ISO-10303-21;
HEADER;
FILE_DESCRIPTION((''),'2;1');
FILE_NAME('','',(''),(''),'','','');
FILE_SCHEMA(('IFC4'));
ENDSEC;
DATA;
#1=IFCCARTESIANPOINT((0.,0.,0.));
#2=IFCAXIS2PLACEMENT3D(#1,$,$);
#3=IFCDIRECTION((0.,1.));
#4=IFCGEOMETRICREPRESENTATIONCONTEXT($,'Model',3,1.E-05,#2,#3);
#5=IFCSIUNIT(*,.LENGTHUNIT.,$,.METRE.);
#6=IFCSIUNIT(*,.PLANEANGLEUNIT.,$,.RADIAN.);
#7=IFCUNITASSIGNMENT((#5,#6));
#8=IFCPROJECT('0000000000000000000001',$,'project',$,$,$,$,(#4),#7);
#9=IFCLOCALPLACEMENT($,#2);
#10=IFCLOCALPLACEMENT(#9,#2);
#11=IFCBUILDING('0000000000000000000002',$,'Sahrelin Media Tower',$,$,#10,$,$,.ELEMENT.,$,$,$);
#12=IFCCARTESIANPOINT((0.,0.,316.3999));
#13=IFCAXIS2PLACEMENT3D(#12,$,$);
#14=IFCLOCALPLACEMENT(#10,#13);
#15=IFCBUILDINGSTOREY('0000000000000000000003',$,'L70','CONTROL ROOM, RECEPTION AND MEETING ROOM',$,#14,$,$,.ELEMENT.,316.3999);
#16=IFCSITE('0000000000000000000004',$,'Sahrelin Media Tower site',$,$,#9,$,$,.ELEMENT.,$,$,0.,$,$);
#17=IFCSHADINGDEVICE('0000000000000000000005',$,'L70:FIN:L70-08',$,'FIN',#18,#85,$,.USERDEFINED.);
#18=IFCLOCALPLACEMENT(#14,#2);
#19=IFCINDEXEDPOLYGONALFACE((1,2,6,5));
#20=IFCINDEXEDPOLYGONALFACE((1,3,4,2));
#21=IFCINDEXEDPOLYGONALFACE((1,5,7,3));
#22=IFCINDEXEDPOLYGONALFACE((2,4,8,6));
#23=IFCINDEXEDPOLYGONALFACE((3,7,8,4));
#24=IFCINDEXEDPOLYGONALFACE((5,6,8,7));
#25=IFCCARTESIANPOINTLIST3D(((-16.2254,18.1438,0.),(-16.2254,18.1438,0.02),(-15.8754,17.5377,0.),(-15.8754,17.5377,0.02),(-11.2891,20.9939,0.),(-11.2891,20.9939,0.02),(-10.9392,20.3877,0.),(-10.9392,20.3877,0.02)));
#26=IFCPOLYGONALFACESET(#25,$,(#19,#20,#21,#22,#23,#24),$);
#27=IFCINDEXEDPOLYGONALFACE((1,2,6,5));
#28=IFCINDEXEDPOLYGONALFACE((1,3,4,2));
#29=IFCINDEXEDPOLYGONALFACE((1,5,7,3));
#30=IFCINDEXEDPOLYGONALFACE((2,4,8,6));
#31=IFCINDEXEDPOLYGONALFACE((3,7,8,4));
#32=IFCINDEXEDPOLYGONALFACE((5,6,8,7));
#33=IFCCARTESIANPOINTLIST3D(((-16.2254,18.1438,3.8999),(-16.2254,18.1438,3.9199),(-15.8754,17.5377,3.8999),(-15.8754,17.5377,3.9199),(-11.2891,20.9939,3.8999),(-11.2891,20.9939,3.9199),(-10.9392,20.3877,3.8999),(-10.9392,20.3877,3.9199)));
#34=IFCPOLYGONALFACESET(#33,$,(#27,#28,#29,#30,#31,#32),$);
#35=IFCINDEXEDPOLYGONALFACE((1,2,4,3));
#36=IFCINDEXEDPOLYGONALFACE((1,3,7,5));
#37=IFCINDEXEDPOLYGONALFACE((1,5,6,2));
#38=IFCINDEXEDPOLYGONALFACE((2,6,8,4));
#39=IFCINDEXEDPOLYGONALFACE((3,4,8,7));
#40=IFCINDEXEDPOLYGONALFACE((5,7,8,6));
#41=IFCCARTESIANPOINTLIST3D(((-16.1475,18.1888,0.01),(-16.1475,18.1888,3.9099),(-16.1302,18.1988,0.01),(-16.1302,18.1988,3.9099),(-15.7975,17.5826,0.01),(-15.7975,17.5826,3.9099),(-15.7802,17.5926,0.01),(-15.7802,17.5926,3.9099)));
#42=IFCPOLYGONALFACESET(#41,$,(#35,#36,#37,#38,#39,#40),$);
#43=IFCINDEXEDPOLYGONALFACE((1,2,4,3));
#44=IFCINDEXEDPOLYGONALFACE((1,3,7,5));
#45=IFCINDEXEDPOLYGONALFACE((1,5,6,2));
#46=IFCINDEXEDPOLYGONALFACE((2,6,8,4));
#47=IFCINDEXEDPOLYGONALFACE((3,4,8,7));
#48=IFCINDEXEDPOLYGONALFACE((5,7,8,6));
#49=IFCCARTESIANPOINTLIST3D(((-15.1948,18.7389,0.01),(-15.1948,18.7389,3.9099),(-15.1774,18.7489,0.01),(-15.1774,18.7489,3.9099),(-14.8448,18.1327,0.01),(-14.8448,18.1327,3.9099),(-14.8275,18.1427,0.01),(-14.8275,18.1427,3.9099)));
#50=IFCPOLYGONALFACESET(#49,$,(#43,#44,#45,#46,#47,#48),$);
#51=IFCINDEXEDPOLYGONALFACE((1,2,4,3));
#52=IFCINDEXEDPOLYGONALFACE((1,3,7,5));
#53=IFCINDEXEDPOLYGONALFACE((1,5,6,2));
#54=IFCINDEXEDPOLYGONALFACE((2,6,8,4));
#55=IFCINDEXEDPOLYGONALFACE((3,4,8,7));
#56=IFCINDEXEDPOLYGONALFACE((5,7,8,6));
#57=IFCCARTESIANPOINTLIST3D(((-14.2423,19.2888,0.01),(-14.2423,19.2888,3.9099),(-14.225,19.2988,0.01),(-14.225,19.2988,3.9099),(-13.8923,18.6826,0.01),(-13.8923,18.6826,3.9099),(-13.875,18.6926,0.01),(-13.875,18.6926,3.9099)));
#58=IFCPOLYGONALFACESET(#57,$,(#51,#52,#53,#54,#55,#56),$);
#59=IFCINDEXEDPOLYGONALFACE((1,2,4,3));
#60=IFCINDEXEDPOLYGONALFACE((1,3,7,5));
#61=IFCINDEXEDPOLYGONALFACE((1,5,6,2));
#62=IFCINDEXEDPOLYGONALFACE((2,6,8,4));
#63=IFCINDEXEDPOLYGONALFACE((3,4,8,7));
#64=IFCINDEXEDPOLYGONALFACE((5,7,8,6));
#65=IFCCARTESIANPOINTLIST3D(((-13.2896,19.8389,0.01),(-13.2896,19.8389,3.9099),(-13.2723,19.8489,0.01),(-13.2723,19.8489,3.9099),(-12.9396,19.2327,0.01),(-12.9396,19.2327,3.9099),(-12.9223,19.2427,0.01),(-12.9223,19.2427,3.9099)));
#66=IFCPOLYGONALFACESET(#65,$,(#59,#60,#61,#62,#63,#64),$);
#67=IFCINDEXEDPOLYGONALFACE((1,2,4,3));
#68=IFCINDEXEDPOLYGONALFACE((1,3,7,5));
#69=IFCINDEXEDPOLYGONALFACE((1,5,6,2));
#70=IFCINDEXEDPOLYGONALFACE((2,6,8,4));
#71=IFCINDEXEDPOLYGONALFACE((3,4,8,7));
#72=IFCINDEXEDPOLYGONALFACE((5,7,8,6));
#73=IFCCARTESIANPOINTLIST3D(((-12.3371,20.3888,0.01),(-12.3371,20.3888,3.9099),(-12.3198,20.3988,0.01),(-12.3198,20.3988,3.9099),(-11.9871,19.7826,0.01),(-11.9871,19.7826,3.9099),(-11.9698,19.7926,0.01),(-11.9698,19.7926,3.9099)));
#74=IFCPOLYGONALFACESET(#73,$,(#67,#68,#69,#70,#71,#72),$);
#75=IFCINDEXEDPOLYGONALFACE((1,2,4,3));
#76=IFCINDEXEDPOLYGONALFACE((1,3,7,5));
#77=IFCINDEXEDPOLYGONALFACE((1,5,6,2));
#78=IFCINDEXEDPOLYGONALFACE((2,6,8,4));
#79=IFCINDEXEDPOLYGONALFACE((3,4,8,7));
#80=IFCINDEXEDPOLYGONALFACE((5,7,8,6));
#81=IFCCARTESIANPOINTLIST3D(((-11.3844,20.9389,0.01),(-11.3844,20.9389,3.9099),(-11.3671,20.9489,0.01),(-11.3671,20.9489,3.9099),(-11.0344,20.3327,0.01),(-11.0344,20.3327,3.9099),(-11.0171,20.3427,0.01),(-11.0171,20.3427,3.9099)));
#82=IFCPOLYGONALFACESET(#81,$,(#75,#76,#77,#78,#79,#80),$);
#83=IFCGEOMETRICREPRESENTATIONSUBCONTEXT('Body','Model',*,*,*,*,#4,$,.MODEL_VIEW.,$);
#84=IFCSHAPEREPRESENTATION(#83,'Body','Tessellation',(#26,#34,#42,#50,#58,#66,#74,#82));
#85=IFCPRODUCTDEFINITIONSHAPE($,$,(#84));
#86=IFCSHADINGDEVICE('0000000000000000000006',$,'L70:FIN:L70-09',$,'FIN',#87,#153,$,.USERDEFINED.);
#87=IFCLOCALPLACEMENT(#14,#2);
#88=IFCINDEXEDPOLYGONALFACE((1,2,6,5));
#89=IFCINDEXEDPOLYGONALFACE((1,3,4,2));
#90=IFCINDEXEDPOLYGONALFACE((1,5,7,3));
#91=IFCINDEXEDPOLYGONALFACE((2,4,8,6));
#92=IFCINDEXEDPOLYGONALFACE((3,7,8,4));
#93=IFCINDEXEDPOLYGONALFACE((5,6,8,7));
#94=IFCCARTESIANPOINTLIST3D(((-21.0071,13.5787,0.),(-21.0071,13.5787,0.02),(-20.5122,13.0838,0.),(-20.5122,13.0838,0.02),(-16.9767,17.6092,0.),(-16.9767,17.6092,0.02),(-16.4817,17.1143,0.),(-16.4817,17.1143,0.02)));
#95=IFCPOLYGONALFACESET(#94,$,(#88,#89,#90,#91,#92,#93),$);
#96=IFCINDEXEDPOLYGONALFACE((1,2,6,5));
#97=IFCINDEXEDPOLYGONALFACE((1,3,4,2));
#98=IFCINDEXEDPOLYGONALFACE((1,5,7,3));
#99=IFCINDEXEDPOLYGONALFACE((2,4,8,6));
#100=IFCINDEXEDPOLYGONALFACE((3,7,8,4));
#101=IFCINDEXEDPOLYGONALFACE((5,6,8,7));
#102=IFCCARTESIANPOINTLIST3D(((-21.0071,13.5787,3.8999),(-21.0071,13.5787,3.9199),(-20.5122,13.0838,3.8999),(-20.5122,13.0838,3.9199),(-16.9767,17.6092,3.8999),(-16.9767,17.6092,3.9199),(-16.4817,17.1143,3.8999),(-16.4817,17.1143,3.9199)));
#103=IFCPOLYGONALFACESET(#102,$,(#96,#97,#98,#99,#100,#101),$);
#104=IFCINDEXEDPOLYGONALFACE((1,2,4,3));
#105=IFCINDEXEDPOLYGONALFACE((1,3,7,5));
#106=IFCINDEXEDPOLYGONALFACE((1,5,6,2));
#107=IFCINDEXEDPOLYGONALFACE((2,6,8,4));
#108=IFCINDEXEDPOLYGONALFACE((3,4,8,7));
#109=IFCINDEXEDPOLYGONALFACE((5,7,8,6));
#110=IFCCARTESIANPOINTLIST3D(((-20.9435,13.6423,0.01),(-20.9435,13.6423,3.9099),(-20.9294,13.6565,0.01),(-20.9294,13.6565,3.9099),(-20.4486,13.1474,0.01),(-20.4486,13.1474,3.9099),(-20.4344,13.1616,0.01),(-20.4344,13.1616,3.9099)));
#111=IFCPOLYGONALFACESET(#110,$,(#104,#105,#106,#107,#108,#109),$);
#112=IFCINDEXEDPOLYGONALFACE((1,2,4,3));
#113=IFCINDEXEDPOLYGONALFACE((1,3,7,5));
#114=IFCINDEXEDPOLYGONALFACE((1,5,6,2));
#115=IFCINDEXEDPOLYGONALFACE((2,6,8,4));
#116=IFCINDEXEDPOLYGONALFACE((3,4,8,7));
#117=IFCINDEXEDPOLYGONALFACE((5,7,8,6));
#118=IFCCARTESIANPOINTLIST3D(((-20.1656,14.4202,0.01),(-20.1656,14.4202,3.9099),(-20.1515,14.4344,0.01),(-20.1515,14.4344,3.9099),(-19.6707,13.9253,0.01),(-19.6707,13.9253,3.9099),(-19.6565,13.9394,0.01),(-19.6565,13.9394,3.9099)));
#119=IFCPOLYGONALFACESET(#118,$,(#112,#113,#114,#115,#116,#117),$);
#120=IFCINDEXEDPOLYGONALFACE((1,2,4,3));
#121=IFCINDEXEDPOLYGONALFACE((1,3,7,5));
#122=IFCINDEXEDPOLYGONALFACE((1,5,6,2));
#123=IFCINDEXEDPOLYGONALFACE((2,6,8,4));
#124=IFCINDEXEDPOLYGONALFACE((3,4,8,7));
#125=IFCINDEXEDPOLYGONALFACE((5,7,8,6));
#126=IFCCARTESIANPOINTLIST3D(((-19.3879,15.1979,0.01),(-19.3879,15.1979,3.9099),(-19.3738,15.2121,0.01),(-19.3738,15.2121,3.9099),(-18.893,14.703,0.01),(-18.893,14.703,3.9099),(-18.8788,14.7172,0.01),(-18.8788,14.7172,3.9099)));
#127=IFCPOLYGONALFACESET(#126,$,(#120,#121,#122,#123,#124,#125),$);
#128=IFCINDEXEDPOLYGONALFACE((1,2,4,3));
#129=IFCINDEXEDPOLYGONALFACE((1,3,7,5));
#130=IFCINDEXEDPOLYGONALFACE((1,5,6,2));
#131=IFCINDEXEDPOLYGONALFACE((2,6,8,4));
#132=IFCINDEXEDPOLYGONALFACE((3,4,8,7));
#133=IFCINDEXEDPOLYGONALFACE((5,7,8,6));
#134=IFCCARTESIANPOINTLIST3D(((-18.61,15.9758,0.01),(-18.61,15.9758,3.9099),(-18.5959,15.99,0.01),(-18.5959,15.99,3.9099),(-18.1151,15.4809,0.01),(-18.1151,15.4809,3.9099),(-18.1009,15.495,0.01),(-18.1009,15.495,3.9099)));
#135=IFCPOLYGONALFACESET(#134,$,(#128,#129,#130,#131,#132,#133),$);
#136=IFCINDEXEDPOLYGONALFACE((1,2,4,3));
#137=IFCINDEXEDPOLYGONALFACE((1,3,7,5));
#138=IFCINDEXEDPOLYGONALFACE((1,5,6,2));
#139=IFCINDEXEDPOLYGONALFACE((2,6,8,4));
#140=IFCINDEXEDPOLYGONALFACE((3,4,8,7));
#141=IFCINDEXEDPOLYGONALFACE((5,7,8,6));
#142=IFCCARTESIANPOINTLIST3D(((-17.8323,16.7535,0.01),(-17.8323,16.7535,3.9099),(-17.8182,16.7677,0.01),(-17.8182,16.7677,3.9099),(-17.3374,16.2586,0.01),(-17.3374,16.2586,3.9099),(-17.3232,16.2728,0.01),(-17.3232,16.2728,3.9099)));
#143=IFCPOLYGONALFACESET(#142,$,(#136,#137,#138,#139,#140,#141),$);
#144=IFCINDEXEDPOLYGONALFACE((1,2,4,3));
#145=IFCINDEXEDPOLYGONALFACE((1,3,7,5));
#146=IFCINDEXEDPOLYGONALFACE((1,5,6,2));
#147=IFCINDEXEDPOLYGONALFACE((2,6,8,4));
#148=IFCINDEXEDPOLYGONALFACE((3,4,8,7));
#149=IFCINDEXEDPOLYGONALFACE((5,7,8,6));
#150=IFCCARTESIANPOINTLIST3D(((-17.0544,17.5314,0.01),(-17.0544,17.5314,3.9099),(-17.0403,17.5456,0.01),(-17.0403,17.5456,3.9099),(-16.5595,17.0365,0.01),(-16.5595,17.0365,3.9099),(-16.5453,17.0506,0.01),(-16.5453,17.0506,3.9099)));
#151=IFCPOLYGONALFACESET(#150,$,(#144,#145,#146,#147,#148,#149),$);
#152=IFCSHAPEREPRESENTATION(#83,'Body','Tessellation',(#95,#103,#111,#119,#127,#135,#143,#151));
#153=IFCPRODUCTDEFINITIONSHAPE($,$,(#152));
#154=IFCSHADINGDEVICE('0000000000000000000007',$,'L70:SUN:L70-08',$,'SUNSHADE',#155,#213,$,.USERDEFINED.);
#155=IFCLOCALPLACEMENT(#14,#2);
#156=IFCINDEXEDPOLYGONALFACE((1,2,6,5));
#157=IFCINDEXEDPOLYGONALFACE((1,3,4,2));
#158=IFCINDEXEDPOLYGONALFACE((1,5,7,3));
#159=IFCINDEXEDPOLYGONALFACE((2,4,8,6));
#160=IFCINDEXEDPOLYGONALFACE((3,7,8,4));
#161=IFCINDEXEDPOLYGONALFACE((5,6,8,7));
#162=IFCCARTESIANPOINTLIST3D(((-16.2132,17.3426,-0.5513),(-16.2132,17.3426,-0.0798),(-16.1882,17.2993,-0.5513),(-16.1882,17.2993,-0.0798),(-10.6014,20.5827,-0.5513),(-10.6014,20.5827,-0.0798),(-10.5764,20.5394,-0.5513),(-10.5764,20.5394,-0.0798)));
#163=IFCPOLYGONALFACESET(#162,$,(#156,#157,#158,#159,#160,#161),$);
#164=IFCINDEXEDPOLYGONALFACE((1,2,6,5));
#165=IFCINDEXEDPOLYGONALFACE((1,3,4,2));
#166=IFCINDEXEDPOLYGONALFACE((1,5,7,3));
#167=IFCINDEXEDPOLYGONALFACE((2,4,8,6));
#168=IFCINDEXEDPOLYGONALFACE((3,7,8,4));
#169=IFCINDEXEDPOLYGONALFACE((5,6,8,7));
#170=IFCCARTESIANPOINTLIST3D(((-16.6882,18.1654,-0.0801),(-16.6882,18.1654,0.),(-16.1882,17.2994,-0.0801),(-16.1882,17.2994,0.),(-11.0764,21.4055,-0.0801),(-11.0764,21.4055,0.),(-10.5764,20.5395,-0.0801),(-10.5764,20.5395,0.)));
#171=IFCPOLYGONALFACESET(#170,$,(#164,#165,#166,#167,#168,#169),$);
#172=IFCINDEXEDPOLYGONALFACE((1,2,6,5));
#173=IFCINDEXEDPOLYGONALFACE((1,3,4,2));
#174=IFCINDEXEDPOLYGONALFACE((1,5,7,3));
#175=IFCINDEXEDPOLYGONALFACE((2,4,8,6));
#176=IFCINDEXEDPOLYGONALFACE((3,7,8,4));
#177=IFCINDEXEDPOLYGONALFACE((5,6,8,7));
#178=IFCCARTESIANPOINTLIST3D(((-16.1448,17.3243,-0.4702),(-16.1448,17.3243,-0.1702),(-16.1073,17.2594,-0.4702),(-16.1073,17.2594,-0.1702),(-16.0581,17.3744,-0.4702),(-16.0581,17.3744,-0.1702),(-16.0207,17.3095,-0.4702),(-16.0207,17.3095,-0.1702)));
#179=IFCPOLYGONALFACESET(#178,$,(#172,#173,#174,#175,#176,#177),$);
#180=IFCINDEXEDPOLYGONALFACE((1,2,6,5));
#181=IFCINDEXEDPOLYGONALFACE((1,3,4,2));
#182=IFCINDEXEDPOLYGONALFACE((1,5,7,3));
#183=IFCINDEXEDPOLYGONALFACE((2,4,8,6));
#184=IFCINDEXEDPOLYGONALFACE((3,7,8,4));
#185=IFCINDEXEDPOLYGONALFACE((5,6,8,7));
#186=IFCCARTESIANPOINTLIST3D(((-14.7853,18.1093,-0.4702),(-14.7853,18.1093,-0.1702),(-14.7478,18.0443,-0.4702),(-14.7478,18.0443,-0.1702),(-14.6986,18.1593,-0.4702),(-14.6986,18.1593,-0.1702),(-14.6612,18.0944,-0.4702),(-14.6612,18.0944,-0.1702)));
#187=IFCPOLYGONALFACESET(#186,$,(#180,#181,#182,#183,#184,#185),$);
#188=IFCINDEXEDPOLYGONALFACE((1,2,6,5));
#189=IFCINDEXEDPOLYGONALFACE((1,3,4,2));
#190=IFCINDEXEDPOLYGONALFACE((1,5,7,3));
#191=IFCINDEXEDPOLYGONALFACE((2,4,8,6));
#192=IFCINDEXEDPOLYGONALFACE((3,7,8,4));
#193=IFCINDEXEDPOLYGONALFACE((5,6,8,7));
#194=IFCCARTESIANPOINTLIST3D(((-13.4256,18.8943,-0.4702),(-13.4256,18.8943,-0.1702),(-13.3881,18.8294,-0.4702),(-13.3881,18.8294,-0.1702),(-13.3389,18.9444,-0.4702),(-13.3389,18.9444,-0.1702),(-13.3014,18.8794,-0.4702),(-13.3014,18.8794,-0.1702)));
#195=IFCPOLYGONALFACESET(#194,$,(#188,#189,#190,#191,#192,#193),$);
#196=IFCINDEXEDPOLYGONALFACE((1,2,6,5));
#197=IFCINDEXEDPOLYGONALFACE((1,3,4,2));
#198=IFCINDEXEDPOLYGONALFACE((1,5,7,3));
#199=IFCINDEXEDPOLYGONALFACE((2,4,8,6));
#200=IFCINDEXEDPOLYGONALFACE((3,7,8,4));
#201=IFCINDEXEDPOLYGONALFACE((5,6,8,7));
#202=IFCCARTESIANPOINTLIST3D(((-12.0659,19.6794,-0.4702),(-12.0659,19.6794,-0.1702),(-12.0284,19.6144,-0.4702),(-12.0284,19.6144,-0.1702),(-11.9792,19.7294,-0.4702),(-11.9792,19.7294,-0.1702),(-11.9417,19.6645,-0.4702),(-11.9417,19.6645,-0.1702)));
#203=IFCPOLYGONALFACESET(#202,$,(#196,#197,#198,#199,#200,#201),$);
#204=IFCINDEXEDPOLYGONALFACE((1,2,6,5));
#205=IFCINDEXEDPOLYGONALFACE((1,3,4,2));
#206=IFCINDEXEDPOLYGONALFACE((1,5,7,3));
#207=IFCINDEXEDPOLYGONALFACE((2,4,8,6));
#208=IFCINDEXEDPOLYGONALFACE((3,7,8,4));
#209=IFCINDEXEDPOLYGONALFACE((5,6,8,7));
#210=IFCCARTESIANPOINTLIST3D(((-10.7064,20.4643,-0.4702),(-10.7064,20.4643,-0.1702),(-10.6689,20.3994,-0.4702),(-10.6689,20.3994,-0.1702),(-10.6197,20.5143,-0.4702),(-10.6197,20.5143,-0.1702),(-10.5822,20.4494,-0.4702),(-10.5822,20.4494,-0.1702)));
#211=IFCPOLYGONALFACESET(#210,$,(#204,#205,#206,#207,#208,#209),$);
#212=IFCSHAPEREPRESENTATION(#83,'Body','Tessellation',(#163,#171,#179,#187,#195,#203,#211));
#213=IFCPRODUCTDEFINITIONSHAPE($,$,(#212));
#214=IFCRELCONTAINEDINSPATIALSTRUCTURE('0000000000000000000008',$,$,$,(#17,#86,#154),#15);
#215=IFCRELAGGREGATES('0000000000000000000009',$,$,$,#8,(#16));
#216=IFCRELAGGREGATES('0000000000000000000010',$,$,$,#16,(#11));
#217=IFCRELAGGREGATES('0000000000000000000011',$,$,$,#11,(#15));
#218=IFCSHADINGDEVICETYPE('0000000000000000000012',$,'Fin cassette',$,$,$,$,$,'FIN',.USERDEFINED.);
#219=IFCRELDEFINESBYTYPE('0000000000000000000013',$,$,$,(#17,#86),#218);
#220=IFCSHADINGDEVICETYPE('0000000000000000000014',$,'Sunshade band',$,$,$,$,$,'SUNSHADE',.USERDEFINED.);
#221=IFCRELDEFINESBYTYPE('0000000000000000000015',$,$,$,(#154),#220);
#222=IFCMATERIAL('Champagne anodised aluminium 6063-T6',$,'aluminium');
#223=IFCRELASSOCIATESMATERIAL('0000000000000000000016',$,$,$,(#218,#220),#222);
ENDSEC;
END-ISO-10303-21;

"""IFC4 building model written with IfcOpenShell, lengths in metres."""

from ifc_helpers import new_model, si_unit, direction, frame, origin, origin_2d, place, context, subcontext, project, spatial, rectangle, extrude, material, type_object, element, save


model = new_model("IFC4")

# Units and contexts
model_context = context("Model", 3, precision=1e-05, world=origin(), true_north=direction((0.0, 1.0)))
body_context = subcontext(model_context, "Body", "Model", "MODEL_VIEW")
ifc_project = project(units=[si_unit("LENGTHUNIT", "METRE"), si_unit("PLANEANGLEUNIT", "RADIAN")], contexts=[model_context])

# Site, building, storey
site_placement = place(None, origin())
site = spatial("IfcSite", under=ifc_project, at=site_placement, Name="Sahrelin Media Tower site", CompositionType="ELEMENT", RefElevation=0.0)
building_placement = place(site_placement, origin())
building = spatial("IfcBuilding", under=site, at=building_placement, Name="Sahrelin Media Tower", CompositionType="ELEMENT")
storey_placement = place(building_placement, frame((0.0, 0.0, 316.3999)))
storey = spatial("IfcBuildingStorey", under=building, at=storey_placement, Name="L70", Description="CONTROL ROOM, RECEPTION AND MEETING ROOM", CompositionType="ELEMENT", Elevation=316.3999)

# Shared definitions
ifc_material_1 = material(Name="Champagne anodised aluminium 6063-T6", Category="aluminium")

# Shading devices
shading_device_type_1 = type_object("IfcShadingDeviceType", Name="Fin cassette", ElementType="FIN", PredefinedType="USERDEFINED", material=ifc_material_1)
placement_1 = place(storey_placement, frame((-13.3723, 18.9021, 0.0), z_axis=(0.0, 0.0, 1.0), x_axis=(0.866019, 0.500011, 0.0)))
element("IfcShadingDevice", 1, at=placement_1, inside=storey, type_object=shading_device_type_1, Name="L70:FIN:L70-08", ObjectType="FIN", PredefinedType="USERDEFINED", context=body_context, shape_type="SweptSolid", body=[
    extrude(rectangle(XDim=5.7, YDim=0.7, at=origin_2d()), frame((0.0, 0.4199, 0.0)), (0.0, 0.0, 1.0), 0.02),
    extrude(rectangle(XDim=5.7, YDim=0.7, at=origin_2d()), frame((0.0, 0.4199, 3.8999)), (0.0, 0.0, 1.0), 0.02),
    extrude(rectangle(XDim=0.02, YDim=0.7, at=origin_2d()), frame((-2.75, 0.4199, 0.01), z_axis=(0.0, 0.0, 1.0), x_axis=(1.0, 0.0, 0.0)), (0.0, 0.0, 1.0), 3.8999),
    extrude(rectangle(XDim=0.02, YDim=0.7, at=origin_2d()), frame((-1.6499, 0.4199, 0.01), z_axis=(0.0, 0.0, 1.0), x_axis=(1.0, 0.0, 0.0)), (0.0, 0.0, 1.0), 3.8999),
    extrude(rectangle(XDim=0.02, YDim=0.7, at=origin_2d()), frame((-0.55, 0.4199, 0.01), z_axis=(0.0, 0.0, 1.0), x_axis=(1.0, 0.0, 0.0)), (0.0, 0.0, 1.0), 3.8999),
    extrude(rectangle(XDim=0.02, YDim=0.7, at=origin_2d()), frame((0.55, 0.4199, 0.01), z_axis=(0.0, 0.0, 1.0), x_axis=(1.0, 0.0, 0.0)), (0.0, 0.0, 1.0), 3.8999),
    extrude(rectangle(XDim=0.02, YDim=0.7, at=origin_2d()), frame((1.6499, 0.4199, 0.01), z_axis=(0.0, 0.0, 1.0), x_axis=(1.0, 0.0, 0.0)), (0.0, 0.0, 1.0), 3.8999),
    extrude(rectangle(XDim=0.02, YDim=0.7, at=origin_2d()), frame((2.75, 0.4199, 0.01), z_axis=(0.0, 0.0, 1.0), x_axis=(1.0, 0.0, 0.0)), (0.0, 0.0, 1.0), 3.8999),
])
placement_2 = place(storey_placement, frame((-18.4475, 15.0496, 0.0), z_axis=(0.0, 0.0, 1.0), x_axis=(0.707107, 0.707107, 0.0)))
element("IfcShadingDevice", 2, at=placement_2, inside=storey, type_object=shading_device_type_1, Name="L70:FIN:L70-09", ObjectType="FIN", PredefinedType="USERDEFINED", context=body_context, shape_type="SweptSolid", body=[
    extrude(rectangle(XDim=5.7, YDim=0.7, at=origin_2d()), frame((0.0, 0.4199, 0.0)), (0.0, 0.0, 1.0), 0.02),
    extrude(rectangle(XDim=5.7, YDim=0.7, at=origin_2d()), frame((0.0, 0.4199, 3.8999)), (0.0, 0.0, 1.0), 0.02),
    extrude(rectangle(XDim=0.02, YDim=0.7, at=origin_2d()), frame((-2.75, 0.4199, 0.01), z_axis=(0.0, 0.0, 1.0), x_axis=(1.0, 0.0, 0.0)), (0.0, 0.0, 1.0), 3.8999),
    extrude(rectangle(XDim=0.02, YDim=0.7, at=origin_2d()), frame((-1.6499, 0.4199, 0.01), z_axis=(0.0, 0.0, 1.0), x_axis=(1.0, 0.0, 0.0)), (0.0, 0.0, 1.0), 3.8999),
    extrude(rectangle(XDim=0.02, YDim=0.7, at=origin_2d()), frame((-0.55, 0.4199, 0.01), z_axis=(0.0, 0.0, 1.0), x_axis=(1.0, 0.0, 0.0)), (0.0, 0.0, 1.0), 3.8999),
    extrude(rectangle(XDim=0.02, YDim=0.7, at=origin_2d()), frame((0.55, 0.4199, 0.01), z_axis=(0.0, 0.0, 1.0), x_axis=(1.0, 0.0, 0.0)), (0.0, 0.0, 1.0), 3.8999),
    extrude(rectangle(XDim=0.02, YDim=0.7, at=origin_2d()), frame((1.6499, 0.4199, 0.01), z_axis=(0.0, 0.0, 1.0), x_axis=(1.0, 0.0, 0.0)), (0.0, 0.0, 1.0), 3.8999),
    extrude(rectangle(XDim=0.02, YDim=0.7, at=origin_2d()), frame((2.75, 0.4199, 0.01), z_axis=(0.0, 0.0, 1.0), x_axis=(1.0, 0.0, 0.0)), (0.0, 0.0, 1.0), 3.8999),
])
shading_device_type_2 = type_object("IfcShadingDeviceType", Name="Sunshade band", ElementType="SUNSHADE", PredefinedType="USERDEFINED", material=ifc_material_1)
element("IfcShadingDevice", 3, at=placement_1, inside=storey, type_object=shading_device_type_2, Name="L70:SUN:L70-08", ObjectType="SUNSHADE", PredefinedType="USERDEFINED", context=body_context, shape_type="SweptSolid", body=[
    extrude(rectangle(XDim=6.48, YDim=0.05, at=origin_2d()), frame((0.0, 0.0449, -0.5513)), (0.0, 0.0, 1.0), 0.4714),
    extrude(rectangle(XDim=6.48, YDim=1.0, at=origin_2d()), frame((0.0, 0.52, -0.0801)), (0.0, 0.0, 1.0), 0.0801),
    extrude(rectangle(XDim=0.1001, YDim=0.075, at=origin_2d()), frame((-3.1399, -0.0176, -0.4702)), (0.0, 0.0, 1.0), 0.3),
    extrude(rectangle(XDim=0.1001, YDim=0.075, at=origin_2d()), frame((-1.5701, -0.0176, -0.4702)), (0.0, 0.0, 1.0), 0.3),
    extrude(rectangle(XDim=0.1001, YDim=0.075, at=origin_2d()), frame((0.0, -0.0176, -0.4702)), (0.0, 0.0, 1.0), 0.3),
    extrude(rectangle(XDim=0.1001, YDim=0.075, at=origin_2d()), frame((1.5701, -0.0176, -0.4702)), (0.0, 0.0, 1.0), 0.3),
    extrude(rectangle(XDim=0.1001, YDim=0.075, at=origin_2d()), frame((3.1399, -0.0176, -0.4702)), (0.0, 0.0, 1.0), 0.3),
])

save(model, "model.ifc")
